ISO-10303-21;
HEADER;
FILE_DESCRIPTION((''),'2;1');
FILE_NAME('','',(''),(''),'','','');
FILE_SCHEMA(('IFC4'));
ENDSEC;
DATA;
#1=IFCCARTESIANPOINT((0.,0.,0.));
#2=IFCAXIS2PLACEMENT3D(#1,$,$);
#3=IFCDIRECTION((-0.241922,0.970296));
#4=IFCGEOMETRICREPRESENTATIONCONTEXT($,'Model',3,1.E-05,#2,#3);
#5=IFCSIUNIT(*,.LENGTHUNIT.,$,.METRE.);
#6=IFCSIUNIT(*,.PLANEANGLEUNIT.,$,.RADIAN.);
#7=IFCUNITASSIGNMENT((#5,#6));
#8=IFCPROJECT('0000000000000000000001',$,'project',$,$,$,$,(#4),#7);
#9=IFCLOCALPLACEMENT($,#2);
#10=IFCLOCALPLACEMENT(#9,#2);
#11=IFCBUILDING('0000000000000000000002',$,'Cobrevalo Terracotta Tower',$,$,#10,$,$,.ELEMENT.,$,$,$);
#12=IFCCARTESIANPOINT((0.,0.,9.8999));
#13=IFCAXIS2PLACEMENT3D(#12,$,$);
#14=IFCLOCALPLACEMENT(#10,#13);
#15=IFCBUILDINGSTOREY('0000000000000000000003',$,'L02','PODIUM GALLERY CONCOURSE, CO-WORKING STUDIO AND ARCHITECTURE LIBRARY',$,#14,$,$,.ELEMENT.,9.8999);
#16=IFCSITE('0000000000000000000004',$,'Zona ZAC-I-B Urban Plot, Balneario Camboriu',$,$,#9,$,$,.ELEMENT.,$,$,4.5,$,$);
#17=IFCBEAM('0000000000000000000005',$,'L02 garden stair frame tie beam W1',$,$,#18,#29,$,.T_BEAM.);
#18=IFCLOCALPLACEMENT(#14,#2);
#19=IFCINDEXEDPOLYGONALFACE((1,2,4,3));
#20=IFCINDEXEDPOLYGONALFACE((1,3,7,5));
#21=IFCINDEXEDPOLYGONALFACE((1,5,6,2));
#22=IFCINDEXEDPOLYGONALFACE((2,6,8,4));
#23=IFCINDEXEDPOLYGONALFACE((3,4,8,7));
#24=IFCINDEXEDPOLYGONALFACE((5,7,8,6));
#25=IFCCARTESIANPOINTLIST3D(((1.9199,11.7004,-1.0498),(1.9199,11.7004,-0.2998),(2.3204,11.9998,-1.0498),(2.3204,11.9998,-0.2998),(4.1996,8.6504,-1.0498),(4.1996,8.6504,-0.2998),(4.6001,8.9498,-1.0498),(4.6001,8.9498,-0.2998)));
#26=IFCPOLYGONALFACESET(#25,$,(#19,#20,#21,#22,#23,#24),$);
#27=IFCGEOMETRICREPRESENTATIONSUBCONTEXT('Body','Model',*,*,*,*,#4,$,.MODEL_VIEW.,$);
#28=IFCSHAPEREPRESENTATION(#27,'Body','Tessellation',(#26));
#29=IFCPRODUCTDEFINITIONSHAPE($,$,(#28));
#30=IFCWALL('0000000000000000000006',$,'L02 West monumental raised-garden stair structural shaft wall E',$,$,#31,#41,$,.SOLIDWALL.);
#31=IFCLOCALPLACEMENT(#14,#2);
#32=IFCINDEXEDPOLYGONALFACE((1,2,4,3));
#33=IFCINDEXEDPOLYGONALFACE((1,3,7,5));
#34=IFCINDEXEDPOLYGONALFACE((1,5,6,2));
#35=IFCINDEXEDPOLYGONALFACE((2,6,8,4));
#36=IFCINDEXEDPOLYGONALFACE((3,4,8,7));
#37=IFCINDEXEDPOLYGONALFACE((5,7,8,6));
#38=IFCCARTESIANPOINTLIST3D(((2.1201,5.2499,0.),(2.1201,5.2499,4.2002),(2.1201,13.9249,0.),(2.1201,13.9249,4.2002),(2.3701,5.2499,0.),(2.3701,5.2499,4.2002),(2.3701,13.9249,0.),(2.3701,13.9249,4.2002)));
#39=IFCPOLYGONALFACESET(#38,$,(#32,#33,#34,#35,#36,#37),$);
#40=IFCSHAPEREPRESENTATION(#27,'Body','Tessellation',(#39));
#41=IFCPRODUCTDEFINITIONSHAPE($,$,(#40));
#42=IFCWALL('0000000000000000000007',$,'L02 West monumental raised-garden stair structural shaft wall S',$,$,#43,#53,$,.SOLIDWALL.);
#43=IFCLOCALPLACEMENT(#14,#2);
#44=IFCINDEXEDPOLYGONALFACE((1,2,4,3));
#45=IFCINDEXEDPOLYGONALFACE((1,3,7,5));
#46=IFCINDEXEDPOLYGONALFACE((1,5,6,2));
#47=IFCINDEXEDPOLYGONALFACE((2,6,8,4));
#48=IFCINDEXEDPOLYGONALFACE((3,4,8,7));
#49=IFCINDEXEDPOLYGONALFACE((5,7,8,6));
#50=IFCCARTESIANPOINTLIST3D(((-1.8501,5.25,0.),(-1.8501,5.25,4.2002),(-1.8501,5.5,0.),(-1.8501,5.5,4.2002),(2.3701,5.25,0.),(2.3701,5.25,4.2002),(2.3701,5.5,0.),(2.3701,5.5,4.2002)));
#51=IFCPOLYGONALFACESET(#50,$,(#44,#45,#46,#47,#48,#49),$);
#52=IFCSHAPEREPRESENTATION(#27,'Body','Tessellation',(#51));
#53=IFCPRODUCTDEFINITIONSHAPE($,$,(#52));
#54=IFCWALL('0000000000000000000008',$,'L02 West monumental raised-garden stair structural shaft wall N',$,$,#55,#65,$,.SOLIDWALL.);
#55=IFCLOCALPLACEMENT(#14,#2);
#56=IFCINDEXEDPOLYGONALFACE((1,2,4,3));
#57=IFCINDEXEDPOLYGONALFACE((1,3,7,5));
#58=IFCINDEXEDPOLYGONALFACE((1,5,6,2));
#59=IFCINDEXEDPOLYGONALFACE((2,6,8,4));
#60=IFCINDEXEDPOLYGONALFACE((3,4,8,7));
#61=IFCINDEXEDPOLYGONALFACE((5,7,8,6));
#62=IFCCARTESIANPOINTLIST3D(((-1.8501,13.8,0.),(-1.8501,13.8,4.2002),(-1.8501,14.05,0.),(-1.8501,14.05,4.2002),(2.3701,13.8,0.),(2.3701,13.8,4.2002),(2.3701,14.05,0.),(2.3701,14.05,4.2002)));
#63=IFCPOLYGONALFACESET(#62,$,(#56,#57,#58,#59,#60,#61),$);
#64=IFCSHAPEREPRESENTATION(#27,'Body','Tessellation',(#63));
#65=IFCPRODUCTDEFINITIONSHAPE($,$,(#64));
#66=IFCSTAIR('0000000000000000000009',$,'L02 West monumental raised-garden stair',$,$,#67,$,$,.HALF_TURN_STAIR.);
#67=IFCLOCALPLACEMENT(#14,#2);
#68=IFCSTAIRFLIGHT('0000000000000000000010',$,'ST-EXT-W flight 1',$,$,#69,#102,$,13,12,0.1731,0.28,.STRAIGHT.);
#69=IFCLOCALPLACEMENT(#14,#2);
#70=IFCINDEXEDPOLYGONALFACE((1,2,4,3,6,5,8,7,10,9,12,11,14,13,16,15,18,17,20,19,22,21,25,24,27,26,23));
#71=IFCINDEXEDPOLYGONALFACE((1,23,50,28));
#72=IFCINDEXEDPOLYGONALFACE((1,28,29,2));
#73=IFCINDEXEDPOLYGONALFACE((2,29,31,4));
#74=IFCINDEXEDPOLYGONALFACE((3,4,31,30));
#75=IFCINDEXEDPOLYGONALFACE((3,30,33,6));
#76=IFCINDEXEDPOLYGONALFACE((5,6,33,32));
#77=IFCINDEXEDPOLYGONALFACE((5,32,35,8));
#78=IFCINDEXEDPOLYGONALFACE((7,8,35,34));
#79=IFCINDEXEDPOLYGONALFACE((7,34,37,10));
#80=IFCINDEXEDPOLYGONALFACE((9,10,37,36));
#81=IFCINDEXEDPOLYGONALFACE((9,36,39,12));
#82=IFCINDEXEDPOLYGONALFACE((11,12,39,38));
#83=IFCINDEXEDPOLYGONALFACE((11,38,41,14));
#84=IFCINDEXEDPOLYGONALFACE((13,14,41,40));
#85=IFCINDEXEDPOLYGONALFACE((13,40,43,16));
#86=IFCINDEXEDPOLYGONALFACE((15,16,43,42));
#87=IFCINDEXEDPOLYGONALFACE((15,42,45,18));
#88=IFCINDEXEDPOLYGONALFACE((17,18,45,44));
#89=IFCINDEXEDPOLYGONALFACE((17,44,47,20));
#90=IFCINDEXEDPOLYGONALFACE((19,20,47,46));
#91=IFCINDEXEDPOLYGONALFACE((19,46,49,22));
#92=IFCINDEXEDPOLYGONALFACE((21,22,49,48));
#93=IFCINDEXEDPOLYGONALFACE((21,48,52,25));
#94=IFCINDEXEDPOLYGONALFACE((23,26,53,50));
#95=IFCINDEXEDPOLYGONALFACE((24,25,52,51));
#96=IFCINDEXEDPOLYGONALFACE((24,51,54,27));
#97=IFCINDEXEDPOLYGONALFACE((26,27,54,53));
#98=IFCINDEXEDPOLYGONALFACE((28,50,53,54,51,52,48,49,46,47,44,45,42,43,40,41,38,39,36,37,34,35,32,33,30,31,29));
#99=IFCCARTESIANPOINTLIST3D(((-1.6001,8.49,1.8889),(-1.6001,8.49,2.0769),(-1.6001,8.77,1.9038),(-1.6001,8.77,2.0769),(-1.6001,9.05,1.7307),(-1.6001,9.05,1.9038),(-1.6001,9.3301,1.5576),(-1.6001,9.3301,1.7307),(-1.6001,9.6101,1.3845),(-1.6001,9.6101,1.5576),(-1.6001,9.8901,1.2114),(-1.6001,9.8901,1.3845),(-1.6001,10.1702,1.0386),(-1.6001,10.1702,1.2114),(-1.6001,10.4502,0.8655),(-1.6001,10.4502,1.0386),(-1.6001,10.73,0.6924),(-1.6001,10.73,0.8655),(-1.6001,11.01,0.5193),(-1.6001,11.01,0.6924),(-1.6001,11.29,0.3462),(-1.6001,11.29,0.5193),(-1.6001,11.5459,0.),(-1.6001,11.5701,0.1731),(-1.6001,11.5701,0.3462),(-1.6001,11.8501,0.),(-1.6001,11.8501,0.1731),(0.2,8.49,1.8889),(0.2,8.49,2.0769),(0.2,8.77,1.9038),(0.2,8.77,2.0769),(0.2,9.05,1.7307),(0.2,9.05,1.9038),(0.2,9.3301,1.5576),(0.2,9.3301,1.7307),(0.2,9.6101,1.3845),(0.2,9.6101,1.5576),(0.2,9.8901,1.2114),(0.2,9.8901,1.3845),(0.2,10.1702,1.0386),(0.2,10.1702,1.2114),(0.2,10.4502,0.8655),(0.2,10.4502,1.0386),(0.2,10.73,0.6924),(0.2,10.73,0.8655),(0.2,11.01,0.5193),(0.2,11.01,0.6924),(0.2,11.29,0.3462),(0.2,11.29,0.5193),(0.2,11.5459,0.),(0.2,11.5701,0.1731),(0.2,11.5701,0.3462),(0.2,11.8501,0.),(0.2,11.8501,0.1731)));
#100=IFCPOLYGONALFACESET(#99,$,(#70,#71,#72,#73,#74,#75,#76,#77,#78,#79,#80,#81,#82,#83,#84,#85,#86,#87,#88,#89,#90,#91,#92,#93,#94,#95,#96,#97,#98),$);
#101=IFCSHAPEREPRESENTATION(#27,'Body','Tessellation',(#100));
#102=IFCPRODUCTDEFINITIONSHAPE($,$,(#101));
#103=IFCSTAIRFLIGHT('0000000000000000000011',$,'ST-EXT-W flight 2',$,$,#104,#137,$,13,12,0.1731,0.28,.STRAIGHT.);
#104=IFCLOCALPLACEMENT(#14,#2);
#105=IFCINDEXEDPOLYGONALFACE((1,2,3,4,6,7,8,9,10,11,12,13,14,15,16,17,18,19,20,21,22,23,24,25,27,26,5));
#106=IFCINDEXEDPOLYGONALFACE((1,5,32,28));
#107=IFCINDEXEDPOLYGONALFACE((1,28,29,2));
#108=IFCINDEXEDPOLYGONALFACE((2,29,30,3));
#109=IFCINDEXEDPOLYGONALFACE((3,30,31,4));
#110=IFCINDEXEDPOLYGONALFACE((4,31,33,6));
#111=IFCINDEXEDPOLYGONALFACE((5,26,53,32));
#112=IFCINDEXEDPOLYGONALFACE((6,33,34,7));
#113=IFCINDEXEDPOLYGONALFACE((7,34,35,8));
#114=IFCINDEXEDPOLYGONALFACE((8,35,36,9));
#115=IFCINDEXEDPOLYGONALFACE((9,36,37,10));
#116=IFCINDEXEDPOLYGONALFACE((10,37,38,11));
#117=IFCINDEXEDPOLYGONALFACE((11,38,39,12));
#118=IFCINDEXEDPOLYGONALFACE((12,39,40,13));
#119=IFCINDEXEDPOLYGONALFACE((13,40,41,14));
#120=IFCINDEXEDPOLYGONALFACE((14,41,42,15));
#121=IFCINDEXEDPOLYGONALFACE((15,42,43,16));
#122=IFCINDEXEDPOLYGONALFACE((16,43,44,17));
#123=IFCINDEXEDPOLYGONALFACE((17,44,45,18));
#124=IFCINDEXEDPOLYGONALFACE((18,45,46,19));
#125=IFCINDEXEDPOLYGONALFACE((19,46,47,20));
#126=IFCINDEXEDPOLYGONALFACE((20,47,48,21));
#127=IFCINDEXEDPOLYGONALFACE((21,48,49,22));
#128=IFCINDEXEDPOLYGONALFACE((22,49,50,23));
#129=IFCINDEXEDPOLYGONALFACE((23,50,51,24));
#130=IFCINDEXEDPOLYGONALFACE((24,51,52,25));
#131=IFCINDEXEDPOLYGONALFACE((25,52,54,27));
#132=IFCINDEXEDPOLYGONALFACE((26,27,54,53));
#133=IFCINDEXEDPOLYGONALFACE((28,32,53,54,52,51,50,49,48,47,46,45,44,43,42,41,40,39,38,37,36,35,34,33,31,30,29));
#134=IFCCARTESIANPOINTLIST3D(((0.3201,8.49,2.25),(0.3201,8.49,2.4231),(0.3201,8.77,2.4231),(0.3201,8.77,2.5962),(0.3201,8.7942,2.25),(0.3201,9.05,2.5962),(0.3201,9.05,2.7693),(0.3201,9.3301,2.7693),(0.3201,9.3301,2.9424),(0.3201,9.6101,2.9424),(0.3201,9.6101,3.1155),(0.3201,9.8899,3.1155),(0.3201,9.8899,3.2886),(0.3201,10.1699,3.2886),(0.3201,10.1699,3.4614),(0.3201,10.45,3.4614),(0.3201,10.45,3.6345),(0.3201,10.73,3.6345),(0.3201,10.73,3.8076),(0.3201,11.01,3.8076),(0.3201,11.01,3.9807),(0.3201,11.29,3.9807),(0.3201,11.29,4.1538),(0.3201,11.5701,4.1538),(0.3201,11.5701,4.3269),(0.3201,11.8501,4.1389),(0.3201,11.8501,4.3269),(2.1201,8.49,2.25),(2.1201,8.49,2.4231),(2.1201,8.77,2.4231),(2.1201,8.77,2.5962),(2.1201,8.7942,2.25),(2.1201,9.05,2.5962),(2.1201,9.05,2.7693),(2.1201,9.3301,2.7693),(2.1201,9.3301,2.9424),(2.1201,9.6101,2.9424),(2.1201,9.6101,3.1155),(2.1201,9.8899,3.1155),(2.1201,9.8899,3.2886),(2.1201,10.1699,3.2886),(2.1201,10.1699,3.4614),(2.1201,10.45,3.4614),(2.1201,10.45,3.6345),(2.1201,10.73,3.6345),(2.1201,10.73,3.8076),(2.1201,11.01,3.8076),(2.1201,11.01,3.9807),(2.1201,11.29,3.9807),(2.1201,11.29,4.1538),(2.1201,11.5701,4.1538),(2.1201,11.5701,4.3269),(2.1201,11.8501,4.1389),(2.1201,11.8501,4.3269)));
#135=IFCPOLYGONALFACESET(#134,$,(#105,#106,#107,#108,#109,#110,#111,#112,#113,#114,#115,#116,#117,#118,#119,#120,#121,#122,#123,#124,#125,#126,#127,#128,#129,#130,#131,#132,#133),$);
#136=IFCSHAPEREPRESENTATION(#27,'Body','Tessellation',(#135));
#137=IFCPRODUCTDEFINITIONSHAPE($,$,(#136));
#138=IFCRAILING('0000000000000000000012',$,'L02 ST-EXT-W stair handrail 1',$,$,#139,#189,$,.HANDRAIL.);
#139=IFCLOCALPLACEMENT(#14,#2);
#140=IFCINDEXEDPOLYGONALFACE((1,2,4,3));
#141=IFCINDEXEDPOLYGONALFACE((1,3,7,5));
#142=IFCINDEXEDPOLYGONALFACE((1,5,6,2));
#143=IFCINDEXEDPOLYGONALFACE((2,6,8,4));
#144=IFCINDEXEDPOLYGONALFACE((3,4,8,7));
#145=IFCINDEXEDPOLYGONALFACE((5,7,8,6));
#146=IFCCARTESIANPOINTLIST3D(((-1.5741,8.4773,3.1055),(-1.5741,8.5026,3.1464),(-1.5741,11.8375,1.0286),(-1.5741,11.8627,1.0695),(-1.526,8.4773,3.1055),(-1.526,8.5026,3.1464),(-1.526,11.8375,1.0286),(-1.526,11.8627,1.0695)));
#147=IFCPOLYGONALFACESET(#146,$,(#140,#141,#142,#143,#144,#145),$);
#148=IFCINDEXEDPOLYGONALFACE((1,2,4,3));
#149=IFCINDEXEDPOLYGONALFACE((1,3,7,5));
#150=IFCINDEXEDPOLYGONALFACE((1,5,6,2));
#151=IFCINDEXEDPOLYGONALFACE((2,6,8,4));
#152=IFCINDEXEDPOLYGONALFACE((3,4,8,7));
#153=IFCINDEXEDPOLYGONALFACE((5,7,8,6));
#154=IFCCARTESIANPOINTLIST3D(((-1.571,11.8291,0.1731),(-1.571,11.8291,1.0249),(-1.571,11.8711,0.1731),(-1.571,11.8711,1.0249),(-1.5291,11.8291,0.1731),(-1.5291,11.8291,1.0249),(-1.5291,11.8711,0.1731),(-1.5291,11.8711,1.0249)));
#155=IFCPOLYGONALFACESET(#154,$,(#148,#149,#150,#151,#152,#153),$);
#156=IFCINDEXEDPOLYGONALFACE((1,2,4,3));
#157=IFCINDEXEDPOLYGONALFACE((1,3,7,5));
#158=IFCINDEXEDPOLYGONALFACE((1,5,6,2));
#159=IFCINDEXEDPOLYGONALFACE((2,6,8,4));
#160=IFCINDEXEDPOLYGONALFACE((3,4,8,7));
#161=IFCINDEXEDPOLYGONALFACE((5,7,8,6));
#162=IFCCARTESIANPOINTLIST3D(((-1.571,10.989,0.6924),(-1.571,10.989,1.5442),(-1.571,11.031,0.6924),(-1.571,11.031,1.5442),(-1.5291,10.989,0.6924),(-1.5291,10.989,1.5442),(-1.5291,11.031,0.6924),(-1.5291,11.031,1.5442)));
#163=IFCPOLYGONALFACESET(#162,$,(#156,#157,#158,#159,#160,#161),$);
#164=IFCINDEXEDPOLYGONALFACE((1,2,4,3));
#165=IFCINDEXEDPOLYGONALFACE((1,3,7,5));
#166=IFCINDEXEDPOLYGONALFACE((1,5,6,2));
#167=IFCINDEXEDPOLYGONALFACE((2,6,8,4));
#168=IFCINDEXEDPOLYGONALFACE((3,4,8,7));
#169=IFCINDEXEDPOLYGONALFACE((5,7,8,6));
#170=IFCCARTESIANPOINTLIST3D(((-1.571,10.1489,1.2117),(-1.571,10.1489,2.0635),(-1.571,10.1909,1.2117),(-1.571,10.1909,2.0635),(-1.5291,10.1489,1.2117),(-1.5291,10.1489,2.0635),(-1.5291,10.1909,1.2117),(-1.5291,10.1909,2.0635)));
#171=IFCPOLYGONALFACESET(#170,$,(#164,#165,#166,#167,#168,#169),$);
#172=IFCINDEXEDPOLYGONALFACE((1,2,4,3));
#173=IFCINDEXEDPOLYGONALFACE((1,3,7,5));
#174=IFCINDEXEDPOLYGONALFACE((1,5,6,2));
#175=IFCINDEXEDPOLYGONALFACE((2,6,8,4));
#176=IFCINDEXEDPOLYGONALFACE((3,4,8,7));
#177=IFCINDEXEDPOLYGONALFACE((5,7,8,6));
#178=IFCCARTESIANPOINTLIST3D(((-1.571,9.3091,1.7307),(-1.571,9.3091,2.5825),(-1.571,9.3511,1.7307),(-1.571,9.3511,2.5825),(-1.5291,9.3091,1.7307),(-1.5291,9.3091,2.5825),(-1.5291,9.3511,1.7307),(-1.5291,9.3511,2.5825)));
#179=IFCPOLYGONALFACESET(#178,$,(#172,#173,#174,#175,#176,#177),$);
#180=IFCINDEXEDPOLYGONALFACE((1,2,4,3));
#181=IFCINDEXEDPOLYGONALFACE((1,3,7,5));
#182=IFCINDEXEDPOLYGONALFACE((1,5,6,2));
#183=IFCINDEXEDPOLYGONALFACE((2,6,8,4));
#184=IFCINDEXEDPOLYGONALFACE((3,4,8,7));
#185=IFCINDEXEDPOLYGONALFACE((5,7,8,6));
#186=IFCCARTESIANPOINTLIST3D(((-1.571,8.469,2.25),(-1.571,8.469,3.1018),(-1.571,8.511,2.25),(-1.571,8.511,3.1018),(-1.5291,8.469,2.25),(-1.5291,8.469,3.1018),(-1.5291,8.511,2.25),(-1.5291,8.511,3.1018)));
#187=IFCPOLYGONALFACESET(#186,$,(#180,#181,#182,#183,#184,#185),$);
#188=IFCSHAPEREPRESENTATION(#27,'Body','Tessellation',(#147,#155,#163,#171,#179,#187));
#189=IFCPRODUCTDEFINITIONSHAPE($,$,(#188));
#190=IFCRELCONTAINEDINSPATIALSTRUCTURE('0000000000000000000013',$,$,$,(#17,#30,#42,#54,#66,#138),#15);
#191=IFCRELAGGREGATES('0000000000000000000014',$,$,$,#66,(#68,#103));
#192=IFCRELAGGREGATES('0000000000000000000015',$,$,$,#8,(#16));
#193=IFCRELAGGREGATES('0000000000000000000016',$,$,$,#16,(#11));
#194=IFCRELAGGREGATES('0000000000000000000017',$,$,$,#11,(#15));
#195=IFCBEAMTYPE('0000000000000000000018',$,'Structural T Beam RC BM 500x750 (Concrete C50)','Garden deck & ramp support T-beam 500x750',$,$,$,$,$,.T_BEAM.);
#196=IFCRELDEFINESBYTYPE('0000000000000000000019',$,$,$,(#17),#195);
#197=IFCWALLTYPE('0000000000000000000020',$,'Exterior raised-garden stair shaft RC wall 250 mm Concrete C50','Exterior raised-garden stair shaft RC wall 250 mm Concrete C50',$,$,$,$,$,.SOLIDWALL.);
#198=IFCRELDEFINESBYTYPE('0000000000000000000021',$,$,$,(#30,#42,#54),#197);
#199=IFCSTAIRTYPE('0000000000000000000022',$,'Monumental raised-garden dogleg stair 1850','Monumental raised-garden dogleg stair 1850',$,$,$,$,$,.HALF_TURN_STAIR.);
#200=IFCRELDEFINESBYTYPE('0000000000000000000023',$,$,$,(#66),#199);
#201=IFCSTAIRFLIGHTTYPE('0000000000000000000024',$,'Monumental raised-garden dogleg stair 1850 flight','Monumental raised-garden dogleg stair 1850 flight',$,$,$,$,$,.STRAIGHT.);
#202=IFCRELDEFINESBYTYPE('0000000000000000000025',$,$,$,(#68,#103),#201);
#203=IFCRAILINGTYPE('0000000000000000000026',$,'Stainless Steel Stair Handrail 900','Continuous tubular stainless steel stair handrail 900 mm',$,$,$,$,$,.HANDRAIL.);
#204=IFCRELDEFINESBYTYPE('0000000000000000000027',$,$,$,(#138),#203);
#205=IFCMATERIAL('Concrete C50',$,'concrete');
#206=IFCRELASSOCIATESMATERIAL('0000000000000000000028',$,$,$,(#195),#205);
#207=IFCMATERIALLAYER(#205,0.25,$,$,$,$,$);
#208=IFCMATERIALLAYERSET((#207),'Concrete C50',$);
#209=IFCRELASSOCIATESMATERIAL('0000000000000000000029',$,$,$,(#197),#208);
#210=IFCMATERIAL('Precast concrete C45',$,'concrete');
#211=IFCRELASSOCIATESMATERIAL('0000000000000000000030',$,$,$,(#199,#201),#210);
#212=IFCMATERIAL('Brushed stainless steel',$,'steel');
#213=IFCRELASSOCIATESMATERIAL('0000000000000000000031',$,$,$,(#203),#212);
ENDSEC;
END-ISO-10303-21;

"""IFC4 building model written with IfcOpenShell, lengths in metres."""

from ifc_helpers import new_model, si_unit, direction, frame, frame_2d, origin, origin_2d, place, context, subcontext, project, spatial, polyline, rectangle, outline, extrude, material, layer, layer_set, material_profile, profile_set, type_object, element, aggregate, save


model = new_model("IFC4")

# Units and contexts
model_context = context("Model", 3, precision=1e-05, world=origin(), true_north=direction((-0.241922, 0.970296)))
body_context = subcontext(model_context, "Body", "Model", "MODEL_VIEW")
ifc_project = project(units=[si_unit("LENGTHUNIT", "METRE"), si_unit("PLANEANGLEUNIT", "RADIAN")], contexts=[model_context])

# Site, building, storey
site_placement = place(None, origin())
site = spatial("IfcSite", under=ifc_project, at=site_placement, Name="Zona ZAC-I-B Urban Plot, Balneario Camboriu", CompositionType="ELEMENT", RefElevation=4.5)
building_placement = place(site_placement, origin())
building = spatial("IfcBuilding", under=site, at=building_placement, Name="Cobrevalo Terracotta Tower", CompositionType="ELEMENT")
storey_placement = place(building_placement, frame((0.0, 0.0, 9.8999)))
storey = spatial("IfcBuildingStorey", under=building, at=storey_placement, Name="L02", Description="PODIUM GALLERY CONCOURSE, CO-WORKING STUDIO AND ARCHITECTURE LIBRARY", CompositionType="ELEMENT", Elevation=9.8999)

# Shared definitions
ifc_material_1 = material(Name="Concrete C50", Category="concrete")

# Beam
ifc_material_profile_1 = material_profile(ifc_material_1, rectangle(XDim=0.5, YDim=0.75, at=origin_2d()), Name="RC BM 500x750")
ifc_profile_set_1 = profile_set([ifc_material_profile_1], Name="Concrete C50")
beam_type_1 = type_object("IfcBeamType", Name="Structural T Beam RC BM 500x750 (Concrete C50)", Description="Garden deck & ramp support T-beam 500x750", PredefinedType="T_BEAM", material=ifc_profile_set_1)
beam_1_placement = place(storey_placement, frame((2.1201, 11.8501, -0.6748), z_axis=(0.598696, -0.800976, 0.0), x_axis=(0.800976, 0.598696, 0.0)))
element("IfcBeam", 1, at=beam_1_placement, inside=storey, type_object=beam_type_1, Name="L02 garden stair frame tie beam W1", PredefinedType="T_BEAM", context=body_context, shape_type="SweptSolid", body=[
    extrude(rectangle(XDim=0.5, YDim=0.75, at=origin_2d()), origin(), (0.0, 0.0, 1.0), 3.8079),
])

# Walls
ifc_layer = layer(ifc_material_1, 0.25)
ifc_layer_set = layer_set([ifc_layer], Name="Concrete C50")
wall_type = type_object("IfcWallType", Name="Exterior raised-garden stair shaft RC wall 250 mm Concrete C50", Description="Exterior raised-garden stair shaft RC wall 250 mm Concrete C50", PredefinedType="SOLIDWALL", material=ifc_layer_set)
wall_placement = place(storey_placement, frame((2.2451, 5.25, 0.0), z_axis=(0.0, 0.0, 1.0), x_axis=(0.0, 1.0, 0.0)))
element("IfcWall", 2, at=wall_placement, inside=storey, type_object=wall_type, Name="L02 West monumental raised-garden stair structural shaft wall E", PredefinedType="SOLIDWALL", context=body_context, shape_type="SweptSolid", body=[
    extrude(rectangle(XDim=8.675, YDim=0.25, at=frame_2d((4.3374, 0.0))), origin(), (0.0, 0.0, 1.0), 4.2002),
])
for number, where, z_axis, x_axis, name in (
    (3, (-1.8501, 5.375, 0.0), (0.0, 0.0, 1.0), (1.0, 0.0, 0.0), "L02 West monumental raised-garden stair structural shaft wall S"),
    (4, (-1.8501, 13.925, 0.0), (0.0, 0.0, 1.0), (1.0, 0.0, 0.0), "L02 West monumental raised-garden stair structural shaft wall N"),
):
    element("IfcWall", number, at=place(storey_placement, frame(where, z_axis=z_axis, x_axis=x_axis)), inside=storey, type_object=wall_type, Name=name, PredefinedType="SOLIDWALL", context=body_context, shape_type="SweptSolid", body=[
        extrude(rectangle(XDim=4.2202, YDim=0.25, at=frame_2d((2.1101, 0.0))), origin(), (0.0, 0.0, 1.0), 4.2002),
    ])

# Stair, stair flights
ifc_material_2 = material(Name="Precast concrete C45", Category="concrete")
stair_type = type_object("IfcStairType", Name="Monumental raised-garden dogleg stair 1850", Description="Monumental raised-garden dogleg stair 1850", PredefinedType="HALF_TURN_STAIR", material=ifc_material_2)
stair_placement = place(storey_placement, origin())
stair = element("IfcStair", 5, at=stair_placement, inside=storey, type_object=stair_type, Name="L02 West monumental raised-garden stair", PredefinedType="HALF_TURN_STAIR")
stair_flight_type = type_object("IfcStairFlightType", Name="Monumental raised-garden dogleg stair 1850 flight", Description="Monumental raised-garden dogleg stair 1850 flight", PredefinedType="STRAIGHT", material=ifc_material_2)
stair_flight_1_placement = place(storey_placement, frame((-0.7, 11.8501, 0.0), z_axis=(0.0, 0.0, 1.0), x_axis=(0.0, -1.0, 0.0)))
stair_flight_1 = element("IfcStairFlight", 6, at=stair_flight_1_placement, type_object=stair_flight_type, Name="ST-EXT-W flight 1", NumberOfRisers=13, NumberOfTreads=12, PredefinedType="STRAIGHT", RiserHeight=0.1731, TreadLength=0.28, context=body_context, shape_type="SweptSolid", body=[
    extrude(outline(polyline([(0.0, 0.0), (0.0, 0.1731), (0.28, 0.1731), (0.28, 0.3462), (0.5601, 0.3462), (0.5601, 0.5193), (0.8401, 0.5193), (0.8401, 0.6924), (1.1201, 0.6924), (1.1201, 0.8655), (1.3999, 0.8655), (1.3999, 1.0386), (1.6799, 1.0386), (1.6799, 1.2114), (1.96, 1.2114), (1.96, 1.3845), (2.24, 1.3845), (2.24, 1.5576), (2.52, 1.5576), (2.52, 1.7307), (2.8, 1.7307), (2.8, 1.9038), (3.0801, 1.9038), (3.0801, 2.0769), (3.3601, 2.0769), (3.3601, 2.25), (3.3601, 1.8889), (0.3042, 0.0), (0.0, 0.0)])), frame((0.0, 0.8999, 0.0), z_axis=(0.0, -1.0, 0.0), x_axis=(1.0, 0.0, 0.0)), (0.0, 0.0, 1.0), 1.8),
])
stair_flight_2_placement = place(storey_placement, frame((1.22, 8.49, 2.25), z_axis=(0.0, 0.0, 1.0), x_axis=(0.0, 1.0, 0.0)))
stair_flight_2 = element("IfcStairFlight", 7, at=stair_flight_2_placement, type_object=stair_flight_type, Name="ST-EXT-W flight 2", NumberOfRisers=13, NumberOfTreads=12, PredefinedType="STRAIGHT", RiserHeight=0.1731, TreadLength=0.28, context=body_context, shape_type="SweptSolid", body=[
    extrude(outline(polyline([(0.0, 0.0), (0.0, 0.1731), (0.28, 0.1731), (0.28, 0.3462), (0.5601, 0.3462), (0.5601, 0.5193), (0.8401, 0.5193), (0.8401, 0.6924), (1.1201, 0.6924), (1.1201, 0.8655), (1.3999, 0.8655), (1.3999, 1.0386), (1.6799, 1.0386), (1.6799, 1.2114), (1.96, 1.2114), (1.96, 1.3845), (2.24, 1.3845), (2.24, 1.5576), (2.52, 1.5576), (2.52, 1.7307), (2.8, 1.7307), (2.8, 1.9038), (3.0801, 1.9038), (3.0801, 2.0769), (3.3601, 2.0769), (3.3601, 2.25), (3.3601, 1.8889), (0.3042, 0.0), (0.0, 0.0)])), frame((0.0, 0.8999, 0.0), z_axis=(0.0, -1.0, 0.0), x_axis=(1.0, 0.0, 0.0)), (0.0, 0.0, 1.0), 1.8),
])
aggregate(stair, [stair_flight_1, stair_flight_2])

# Railing
ifc_material_3 = material(Name="Brushed stainless steel", Category="steel")
railing_type_1 = type_object("IfcRailingType", Name="Stainless Steel Stair Handrail 900", Description="Continuous tubular stainless steel stair handrail 900 mm", PredefinedType="HANDRAIL", material=ifc_material_3)
railing_1_placement = place(storey_placement, frame((-1.55, 11.8501, 0.1731)))
element("IfcRailing", 8, at=railing_1_placement, inside=storey, type_object=railing_type_1, Name="L02 ST-EXT-W stair handrail 1", PredefinedType="HANDRAIL", context=body_context, shape_type="SweptSolid", body=[
    extrude(rectangle(XDim=0.0481, YDim=0.0481, at=origin_2d()), frame((0.0, 0.0, 0.876), z_axis=(0.0, -0.850623, 0.525776), x_axis=(1.0, 0.0, 0.0)), (0.0, 0.0, 1.0), 3.9502),
    extrude(rectangle(XDim=0.042, YDim=0.042, at=origin_2d()), origin(), (0.0, 0.0, 1.0), 0.8518),
    extrude(rectangle(XDim=0.042, YDim=0.042, at=origin_2d()), frame((0.0, -0.8401, 0.5193)), (0.0, 0.0, 1.0), 0.8518),
    extrude(rectangle(XDim=0.042, YDim=0.042, at=origin_2d()), frame((0.0, -1.6802, 1.0386)), (0.0, 0.0, 1.0), 0.8518),
    extrude(rectangle(XDim=0.042, YDim=0.042, at=origin_2d()), frame((0.0, -2.52, 1.5576)), (0.0, 0.0, 1.0), 0.8518),
    extrude(rectangle(XDim=0.042, YDim=0.042, at=origin_2d()), frame((0.0, -3.3601, 2.0769)), (0.0, 0.0, 1.0), 0.8518),
])

save(model, "model.ifc")
